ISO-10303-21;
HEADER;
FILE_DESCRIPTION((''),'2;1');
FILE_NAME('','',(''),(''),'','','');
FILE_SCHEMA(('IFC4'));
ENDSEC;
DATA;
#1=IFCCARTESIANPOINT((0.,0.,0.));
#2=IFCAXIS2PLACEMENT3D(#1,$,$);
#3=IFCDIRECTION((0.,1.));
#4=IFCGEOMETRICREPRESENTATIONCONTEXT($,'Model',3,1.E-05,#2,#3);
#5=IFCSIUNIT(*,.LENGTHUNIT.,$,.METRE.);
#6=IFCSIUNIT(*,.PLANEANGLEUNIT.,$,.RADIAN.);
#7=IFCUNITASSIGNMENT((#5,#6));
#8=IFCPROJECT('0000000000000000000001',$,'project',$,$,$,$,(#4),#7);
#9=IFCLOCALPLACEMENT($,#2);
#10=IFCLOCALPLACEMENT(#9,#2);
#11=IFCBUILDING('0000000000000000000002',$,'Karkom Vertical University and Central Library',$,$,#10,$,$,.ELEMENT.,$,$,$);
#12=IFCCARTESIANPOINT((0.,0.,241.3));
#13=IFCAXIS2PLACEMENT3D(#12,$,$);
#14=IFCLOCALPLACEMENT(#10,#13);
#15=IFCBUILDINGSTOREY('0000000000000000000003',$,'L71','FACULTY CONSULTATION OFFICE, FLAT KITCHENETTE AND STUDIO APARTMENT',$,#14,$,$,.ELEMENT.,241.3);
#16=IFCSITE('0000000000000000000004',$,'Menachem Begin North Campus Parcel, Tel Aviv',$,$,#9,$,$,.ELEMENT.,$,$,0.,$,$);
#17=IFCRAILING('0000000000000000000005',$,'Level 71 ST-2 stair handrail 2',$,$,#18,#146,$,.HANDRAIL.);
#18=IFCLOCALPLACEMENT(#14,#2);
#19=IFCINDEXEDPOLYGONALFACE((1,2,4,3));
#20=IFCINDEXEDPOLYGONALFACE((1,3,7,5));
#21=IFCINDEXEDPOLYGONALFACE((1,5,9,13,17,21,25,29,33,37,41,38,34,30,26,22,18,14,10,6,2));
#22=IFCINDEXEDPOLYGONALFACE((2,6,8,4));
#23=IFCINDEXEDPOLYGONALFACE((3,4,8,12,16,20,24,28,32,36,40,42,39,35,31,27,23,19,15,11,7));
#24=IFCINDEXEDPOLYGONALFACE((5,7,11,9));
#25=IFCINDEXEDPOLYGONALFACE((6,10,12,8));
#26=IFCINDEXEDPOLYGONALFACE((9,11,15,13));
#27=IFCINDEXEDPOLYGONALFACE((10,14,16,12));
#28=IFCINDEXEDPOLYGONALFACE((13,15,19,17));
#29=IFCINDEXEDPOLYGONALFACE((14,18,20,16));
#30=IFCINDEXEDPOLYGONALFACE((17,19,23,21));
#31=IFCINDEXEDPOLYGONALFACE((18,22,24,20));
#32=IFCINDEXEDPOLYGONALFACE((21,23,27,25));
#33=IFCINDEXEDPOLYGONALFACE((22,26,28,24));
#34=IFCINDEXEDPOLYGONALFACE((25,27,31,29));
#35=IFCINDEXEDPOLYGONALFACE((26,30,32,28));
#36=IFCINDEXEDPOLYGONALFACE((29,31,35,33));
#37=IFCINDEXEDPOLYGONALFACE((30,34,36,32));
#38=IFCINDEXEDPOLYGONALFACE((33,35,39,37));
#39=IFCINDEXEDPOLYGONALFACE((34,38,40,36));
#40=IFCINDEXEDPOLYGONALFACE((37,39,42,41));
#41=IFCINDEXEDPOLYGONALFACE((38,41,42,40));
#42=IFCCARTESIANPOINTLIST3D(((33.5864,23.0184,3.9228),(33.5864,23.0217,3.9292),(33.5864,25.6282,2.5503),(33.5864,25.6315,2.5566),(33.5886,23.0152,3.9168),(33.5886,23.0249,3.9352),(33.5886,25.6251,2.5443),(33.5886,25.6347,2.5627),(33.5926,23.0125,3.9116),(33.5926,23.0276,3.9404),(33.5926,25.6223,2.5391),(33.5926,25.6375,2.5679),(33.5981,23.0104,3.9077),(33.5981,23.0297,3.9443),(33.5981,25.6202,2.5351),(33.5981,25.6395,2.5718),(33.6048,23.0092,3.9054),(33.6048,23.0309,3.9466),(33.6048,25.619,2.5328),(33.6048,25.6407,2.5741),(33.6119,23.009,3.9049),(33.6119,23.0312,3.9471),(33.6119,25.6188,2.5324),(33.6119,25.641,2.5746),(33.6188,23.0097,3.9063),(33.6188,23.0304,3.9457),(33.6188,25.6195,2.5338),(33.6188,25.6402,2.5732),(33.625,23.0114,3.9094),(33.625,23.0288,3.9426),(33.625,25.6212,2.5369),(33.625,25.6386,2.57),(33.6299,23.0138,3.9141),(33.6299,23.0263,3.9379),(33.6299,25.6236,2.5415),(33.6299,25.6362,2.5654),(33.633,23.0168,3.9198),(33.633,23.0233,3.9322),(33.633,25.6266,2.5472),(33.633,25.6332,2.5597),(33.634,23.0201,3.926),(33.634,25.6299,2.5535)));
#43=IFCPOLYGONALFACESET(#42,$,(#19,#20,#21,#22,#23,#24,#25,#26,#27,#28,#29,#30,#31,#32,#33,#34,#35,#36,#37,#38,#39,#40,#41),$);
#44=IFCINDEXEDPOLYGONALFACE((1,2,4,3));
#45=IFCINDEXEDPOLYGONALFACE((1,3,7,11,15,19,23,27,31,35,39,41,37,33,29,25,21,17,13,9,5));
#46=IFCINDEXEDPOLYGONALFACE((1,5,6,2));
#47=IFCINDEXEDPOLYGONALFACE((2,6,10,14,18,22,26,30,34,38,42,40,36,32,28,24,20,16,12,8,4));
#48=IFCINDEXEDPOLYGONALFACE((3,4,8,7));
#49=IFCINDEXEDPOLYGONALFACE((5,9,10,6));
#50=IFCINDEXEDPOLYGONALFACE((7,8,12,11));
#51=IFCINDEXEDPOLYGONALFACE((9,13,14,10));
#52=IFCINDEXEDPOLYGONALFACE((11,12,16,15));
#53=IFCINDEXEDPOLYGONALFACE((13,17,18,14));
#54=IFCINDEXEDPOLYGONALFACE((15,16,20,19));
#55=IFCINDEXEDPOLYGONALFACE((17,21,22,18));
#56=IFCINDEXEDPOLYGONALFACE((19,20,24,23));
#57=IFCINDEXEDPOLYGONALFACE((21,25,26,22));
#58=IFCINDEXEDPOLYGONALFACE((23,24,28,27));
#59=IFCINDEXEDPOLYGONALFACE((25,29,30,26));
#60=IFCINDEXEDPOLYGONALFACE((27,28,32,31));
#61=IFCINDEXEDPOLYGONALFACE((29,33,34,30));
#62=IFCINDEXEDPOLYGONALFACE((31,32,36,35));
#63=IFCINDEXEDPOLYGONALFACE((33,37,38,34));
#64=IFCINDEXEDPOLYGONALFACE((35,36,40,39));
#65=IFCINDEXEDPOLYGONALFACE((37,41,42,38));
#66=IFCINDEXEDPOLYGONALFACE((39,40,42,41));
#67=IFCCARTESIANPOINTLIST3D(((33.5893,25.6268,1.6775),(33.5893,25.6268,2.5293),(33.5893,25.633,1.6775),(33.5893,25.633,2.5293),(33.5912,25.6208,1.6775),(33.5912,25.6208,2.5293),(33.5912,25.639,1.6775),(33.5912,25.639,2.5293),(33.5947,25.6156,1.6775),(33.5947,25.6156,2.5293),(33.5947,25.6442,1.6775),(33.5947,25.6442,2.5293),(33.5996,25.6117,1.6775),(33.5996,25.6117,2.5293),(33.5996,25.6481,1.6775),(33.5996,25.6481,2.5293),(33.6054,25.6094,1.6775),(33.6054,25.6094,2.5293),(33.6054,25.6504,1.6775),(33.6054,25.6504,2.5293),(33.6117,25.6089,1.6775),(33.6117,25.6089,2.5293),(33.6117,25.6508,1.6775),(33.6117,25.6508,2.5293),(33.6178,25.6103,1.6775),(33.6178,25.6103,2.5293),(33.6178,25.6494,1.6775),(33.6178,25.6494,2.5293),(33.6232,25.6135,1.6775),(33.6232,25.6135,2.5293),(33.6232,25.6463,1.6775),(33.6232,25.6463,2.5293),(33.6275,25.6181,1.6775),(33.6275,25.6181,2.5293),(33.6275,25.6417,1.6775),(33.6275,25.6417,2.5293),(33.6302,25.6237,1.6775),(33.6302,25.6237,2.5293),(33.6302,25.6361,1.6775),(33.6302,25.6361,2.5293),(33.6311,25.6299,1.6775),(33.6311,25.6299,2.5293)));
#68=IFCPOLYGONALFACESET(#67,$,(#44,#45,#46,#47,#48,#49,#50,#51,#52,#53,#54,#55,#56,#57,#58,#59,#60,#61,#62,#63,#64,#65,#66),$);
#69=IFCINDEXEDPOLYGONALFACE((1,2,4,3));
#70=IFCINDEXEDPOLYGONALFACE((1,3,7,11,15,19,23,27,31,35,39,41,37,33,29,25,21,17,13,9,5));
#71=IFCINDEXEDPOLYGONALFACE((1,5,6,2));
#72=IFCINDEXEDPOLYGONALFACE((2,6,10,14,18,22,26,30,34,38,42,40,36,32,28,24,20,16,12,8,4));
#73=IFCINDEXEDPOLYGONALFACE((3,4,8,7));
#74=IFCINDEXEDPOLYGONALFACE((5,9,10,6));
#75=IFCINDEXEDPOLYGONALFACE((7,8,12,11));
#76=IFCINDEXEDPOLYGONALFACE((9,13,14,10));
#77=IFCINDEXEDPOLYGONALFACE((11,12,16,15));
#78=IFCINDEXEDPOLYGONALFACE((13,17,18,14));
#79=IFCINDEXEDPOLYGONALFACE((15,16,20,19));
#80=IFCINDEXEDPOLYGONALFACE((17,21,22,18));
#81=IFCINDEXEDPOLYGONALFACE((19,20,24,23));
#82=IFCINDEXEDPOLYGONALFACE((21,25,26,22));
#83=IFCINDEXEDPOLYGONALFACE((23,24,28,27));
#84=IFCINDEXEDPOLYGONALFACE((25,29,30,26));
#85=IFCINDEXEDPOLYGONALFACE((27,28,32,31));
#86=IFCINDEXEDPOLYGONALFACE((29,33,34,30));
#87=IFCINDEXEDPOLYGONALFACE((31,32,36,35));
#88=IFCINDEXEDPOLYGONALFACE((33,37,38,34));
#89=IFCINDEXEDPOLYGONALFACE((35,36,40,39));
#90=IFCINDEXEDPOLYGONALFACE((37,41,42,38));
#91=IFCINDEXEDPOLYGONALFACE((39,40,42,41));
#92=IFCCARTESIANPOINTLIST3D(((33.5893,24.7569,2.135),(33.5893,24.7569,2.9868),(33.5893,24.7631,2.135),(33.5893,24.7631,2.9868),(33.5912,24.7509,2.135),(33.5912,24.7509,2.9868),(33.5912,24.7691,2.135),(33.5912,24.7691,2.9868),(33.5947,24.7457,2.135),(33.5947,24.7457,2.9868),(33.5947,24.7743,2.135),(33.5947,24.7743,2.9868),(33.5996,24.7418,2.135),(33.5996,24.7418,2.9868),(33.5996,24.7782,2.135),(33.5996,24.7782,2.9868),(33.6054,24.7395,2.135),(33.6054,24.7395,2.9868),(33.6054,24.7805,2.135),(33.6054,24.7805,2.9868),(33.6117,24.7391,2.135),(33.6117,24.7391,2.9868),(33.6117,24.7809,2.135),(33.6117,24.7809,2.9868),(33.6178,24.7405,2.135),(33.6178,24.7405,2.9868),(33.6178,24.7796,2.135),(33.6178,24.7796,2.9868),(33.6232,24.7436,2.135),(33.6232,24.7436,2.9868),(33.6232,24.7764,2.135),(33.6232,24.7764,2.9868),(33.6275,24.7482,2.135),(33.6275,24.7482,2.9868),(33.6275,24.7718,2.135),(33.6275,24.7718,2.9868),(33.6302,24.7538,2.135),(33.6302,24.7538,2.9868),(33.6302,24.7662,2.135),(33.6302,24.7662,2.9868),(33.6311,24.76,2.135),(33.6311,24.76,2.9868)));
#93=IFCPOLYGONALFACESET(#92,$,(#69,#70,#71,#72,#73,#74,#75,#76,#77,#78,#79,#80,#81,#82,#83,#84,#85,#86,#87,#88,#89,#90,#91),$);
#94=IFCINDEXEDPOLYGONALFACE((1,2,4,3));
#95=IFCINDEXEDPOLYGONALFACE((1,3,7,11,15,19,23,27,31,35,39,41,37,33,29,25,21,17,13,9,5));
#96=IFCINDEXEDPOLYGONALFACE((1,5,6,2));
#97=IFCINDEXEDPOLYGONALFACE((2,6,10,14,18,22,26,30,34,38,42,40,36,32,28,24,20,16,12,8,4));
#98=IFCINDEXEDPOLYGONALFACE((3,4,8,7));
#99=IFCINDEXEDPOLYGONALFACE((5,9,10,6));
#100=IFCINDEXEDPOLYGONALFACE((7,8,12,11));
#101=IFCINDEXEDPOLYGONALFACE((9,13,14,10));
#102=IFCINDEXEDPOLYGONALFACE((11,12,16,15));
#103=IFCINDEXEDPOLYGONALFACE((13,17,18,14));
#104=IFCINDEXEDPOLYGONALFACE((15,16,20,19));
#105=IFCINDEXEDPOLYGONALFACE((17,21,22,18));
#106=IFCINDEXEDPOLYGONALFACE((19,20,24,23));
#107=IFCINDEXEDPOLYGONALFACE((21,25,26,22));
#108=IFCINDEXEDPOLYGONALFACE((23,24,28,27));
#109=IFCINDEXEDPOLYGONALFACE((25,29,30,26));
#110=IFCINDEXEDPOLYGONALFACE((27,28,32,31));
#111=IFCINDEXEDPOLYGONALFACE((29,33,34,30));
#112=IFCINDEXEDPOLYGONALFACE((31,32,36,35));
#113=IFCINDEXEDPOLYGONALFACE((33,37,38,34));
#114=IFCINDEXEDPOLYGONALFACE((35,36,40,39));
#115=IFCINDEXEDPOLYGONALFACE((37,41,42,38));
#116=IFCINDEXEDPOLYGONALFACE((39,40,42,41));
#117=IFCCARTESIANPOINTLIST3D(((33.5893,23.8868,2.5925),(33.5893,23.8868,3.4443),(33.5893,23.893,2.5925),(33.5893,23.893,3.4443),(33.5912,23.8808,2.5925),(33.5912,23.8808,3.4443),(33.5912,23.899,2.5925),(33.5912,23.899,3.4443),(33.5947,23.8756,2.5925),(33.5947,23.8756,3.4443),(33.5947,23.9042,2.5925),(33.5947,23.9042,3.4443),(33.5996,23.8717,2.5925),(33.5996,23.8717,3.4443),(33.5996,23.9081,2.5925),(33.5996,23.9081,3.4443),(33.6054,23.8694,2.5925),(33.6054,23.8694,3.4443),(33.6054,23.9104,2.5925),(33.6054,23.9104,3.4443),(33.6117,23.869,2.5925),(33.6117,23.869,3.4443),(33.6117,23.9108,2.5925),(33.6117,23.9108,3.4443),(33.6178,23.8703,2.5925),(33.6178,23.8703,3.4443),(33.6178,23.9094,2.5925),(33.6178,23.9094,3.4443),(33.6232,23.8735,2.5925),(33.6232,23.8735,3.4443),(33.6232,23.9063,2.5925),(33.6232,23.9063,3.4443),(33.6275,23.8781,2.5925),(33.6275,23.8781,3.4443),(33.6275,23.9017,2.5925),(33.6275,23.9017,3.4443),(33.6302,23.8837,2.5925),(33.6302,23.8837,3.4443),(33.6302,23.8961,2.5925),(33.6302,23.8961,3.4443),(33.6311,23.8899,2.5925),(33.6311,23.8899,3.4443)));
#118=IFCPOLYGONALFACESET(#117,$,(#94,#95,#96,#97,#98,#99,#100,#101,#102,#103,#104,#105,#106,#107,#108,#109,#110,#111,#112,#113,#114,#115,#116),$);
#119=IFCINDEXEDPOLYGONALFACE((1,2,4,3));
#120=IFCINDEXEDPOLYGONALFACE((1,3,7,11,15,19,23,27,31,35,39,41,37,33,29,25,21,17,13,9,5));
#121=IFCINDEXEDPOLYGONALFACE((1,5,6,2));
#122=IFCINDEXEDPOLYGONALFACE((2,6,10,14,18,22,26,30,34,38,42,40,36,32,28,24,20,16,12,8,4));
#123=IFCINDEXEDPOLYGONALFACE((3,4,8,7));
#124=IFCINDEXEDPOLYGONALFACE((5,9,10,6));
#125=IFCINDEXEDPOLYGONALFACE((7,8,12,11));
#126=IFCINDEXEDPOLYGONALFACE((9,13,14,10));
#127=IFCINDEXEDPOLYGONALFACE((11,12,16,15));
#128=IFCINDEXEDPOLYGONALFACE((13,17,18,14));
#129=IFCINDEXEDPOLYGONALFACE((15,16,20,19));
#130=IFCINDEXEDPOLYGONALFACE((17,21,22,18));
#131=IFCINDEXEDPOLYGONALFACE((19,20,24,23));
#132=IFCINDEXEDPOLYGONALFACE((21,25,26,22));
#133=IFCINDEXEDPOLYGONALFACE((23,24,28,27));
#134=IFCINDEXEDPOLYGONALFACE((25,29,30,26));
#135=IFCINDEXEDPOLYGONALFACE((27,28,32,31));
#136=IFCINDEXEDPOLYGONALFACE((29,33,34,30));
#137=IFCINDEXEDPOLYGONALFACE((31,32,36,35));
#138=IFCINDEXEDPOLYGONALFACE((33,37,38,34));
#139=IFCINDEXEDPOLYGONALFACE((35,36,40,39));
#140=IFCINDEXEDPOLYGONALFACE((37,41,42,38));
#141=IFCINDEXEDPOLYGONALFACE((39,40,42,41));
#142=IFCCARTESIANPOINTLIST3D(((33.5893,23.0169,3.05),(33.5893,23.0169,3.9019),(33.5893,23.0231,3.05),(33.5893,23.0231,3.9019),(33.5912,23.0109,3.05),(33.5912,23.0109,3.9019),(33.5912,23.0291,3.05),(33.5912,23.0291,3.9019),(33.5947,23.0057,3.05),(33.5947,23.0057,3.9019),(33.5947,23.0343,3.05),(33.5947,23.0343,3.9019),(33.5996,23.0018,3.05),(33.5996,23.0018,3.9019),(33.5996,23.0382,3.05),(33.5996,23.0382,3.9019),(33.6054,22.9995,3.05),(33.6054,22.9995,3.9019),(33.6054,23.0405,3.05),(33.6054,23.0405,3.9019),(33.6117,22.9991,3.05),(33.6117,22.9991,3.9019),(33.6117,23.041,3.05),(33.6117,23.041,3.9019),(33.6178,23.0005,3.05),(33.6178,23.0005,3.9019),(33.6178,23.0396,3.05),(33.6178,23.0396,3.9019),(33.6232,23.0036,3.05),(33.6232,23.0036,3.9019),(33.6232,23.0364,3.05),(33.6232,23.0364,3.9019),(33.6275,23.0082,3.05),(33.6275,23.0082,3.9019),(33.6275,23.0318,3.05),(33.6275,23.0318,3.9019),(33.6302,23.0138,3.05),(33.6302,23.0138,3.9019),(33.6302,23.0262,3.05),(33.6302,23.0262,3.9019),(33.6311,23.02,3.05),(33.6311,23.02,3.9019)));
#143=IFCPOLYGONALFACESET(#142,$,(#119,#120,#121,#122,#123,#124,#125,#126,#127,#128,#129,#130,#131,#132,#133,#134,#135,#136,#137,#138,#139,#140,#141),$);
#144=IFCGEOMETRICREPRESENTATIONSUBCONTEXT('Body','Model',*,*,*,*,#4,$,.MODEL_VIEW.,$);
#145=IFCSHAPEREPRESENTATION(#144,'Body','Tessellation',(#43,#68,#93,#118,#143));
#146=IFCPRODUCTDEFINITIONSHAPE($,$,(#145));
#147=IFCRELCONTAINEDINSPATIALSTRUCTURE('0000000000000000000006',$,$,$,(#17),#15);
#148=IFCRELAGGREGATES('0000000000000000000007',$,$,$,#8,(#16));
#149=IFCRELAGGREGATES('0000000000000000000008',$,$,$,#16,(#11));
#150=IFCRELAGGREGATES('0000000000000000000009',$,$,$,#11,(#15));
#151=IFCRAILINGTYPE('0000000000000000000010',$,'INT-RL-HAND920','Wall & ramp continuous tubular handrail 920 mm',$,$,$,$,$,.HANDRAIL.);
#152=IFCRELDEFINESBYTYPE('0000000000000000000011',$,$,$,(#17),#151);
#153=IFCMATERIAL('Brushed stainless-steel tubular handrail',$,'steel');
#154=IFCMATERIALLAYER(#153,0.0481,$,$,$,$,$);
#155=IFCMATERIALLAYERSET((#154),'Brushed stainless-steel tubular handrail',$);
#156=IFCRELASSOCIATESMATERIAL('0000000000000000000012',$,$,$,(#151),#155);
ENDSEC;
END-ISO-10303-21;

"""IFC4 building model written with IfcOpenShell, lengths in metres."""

from ifc_helpers import new_model, si_unit, direction, frame, origin, origin_2d, place, context, subcontext, project, spatial, circle, extrude, material, layer, layer_set, type_object, element, save


model = new_model("IFC4")

# Units and contexts
model_context = context("Model", 3, precision=1e-05, world=origin(), true_north=direction((0.0, 1.0)))
body_context = subcontext(model_context, "Body", "Model", "MODEL_VIEW")
ifc_project = project(units=[si_unit("LENGTHUNIT", "METRE"), si_unit("PLANEANGLEUNIT", "RADIAN")], contexts=[model_context])

# Site, building, storey
site_placement = place(None, origin())
site = spatial("IfcSite", under=ifc_project, at=site_placement, Name="Menachem Begin North Campus Parcel, Tel Aviv", CompositionType="ELEMENT", RefElevation=0.0)
building_placement = place(site_placement, origin())
building = spatial("IfcBuilding", under=site, at=building_placement, Name="Karkom Vertical University and Central Library", CompositionType="ELEMENT")
storey_placement = place(building_placement, frame((0.0, 0.0, 241.3)))
storey = spatial("IfcBuildingStorey", under=building, at=storey_placement, Name="L71", Description="FACULTY CONSULTATION OFFICE, FLAT KITCHENETTE AND STUDIO APARTMENT", CompositionType="ELEMENT", Elevation=241.3)

# Railing
ifc_material_1 = material(Name="Brushed stainless-steel tubular handrail", Category="steel")
ifc_layer_1 = layer(ifc_material_1, 0.0481)
ifc_layer_set_1 = layer_set([ifc_layer_1], Name="Brushed stainless-steel tubular handrail")
railing_type_1 = type_object("IfcRailingType", Name="INT-RL-HAND920", Description="Wall & ramp continuous tubular handrail 920 mm", PredefinedType="HANDRAIL", material=ifc_layer_set_1)
railing_1_placement = place(storey_placement, frame((33.6101, 25.6299, 1.6775)))
element("IfcRailing", 1, at=railing_1_placement, inside=storey, type_object=railing_type_1, Name="Level 71 ST-2 stair handrail 2", PredefinedType="HANDRAIL", context=body_context, shape_type="SweptSolid", body=[
    extrude(circle(Radius=0.0239, at=origin_2d()), frame((0.0, 0.0, 0.876), z_axis=(0.0, -0.885065, 0.465467), x_axis=(1.0, 0.0, 0.0)), (0.0, 0.0, 1.0), 2.9487),
    extrude(circle(Radius=0.021, at=origin_2d()), origin(), (0.0, 0.0, 1.0), 0.8518),
    extrude(circle(Radius=0.021, at=origin_2d()), frame((0.0, -0.8699, 0.4575)), (0.0, 0.0, 1.0), 0.8518),
    extrude(circle(Radius=0.021, at=origin_2d()), frame((0.0, -1.74, 0.915)), (0.0, 0.0, 1.0), 0.8518),
    extrude(circle(Radius=0.021, at=origin_2d()), frame((0.0, -2.6099, 1.3726)), (0.0, 0.0, 1.0), 0.8518),
])

save(model, "model.ifc")
